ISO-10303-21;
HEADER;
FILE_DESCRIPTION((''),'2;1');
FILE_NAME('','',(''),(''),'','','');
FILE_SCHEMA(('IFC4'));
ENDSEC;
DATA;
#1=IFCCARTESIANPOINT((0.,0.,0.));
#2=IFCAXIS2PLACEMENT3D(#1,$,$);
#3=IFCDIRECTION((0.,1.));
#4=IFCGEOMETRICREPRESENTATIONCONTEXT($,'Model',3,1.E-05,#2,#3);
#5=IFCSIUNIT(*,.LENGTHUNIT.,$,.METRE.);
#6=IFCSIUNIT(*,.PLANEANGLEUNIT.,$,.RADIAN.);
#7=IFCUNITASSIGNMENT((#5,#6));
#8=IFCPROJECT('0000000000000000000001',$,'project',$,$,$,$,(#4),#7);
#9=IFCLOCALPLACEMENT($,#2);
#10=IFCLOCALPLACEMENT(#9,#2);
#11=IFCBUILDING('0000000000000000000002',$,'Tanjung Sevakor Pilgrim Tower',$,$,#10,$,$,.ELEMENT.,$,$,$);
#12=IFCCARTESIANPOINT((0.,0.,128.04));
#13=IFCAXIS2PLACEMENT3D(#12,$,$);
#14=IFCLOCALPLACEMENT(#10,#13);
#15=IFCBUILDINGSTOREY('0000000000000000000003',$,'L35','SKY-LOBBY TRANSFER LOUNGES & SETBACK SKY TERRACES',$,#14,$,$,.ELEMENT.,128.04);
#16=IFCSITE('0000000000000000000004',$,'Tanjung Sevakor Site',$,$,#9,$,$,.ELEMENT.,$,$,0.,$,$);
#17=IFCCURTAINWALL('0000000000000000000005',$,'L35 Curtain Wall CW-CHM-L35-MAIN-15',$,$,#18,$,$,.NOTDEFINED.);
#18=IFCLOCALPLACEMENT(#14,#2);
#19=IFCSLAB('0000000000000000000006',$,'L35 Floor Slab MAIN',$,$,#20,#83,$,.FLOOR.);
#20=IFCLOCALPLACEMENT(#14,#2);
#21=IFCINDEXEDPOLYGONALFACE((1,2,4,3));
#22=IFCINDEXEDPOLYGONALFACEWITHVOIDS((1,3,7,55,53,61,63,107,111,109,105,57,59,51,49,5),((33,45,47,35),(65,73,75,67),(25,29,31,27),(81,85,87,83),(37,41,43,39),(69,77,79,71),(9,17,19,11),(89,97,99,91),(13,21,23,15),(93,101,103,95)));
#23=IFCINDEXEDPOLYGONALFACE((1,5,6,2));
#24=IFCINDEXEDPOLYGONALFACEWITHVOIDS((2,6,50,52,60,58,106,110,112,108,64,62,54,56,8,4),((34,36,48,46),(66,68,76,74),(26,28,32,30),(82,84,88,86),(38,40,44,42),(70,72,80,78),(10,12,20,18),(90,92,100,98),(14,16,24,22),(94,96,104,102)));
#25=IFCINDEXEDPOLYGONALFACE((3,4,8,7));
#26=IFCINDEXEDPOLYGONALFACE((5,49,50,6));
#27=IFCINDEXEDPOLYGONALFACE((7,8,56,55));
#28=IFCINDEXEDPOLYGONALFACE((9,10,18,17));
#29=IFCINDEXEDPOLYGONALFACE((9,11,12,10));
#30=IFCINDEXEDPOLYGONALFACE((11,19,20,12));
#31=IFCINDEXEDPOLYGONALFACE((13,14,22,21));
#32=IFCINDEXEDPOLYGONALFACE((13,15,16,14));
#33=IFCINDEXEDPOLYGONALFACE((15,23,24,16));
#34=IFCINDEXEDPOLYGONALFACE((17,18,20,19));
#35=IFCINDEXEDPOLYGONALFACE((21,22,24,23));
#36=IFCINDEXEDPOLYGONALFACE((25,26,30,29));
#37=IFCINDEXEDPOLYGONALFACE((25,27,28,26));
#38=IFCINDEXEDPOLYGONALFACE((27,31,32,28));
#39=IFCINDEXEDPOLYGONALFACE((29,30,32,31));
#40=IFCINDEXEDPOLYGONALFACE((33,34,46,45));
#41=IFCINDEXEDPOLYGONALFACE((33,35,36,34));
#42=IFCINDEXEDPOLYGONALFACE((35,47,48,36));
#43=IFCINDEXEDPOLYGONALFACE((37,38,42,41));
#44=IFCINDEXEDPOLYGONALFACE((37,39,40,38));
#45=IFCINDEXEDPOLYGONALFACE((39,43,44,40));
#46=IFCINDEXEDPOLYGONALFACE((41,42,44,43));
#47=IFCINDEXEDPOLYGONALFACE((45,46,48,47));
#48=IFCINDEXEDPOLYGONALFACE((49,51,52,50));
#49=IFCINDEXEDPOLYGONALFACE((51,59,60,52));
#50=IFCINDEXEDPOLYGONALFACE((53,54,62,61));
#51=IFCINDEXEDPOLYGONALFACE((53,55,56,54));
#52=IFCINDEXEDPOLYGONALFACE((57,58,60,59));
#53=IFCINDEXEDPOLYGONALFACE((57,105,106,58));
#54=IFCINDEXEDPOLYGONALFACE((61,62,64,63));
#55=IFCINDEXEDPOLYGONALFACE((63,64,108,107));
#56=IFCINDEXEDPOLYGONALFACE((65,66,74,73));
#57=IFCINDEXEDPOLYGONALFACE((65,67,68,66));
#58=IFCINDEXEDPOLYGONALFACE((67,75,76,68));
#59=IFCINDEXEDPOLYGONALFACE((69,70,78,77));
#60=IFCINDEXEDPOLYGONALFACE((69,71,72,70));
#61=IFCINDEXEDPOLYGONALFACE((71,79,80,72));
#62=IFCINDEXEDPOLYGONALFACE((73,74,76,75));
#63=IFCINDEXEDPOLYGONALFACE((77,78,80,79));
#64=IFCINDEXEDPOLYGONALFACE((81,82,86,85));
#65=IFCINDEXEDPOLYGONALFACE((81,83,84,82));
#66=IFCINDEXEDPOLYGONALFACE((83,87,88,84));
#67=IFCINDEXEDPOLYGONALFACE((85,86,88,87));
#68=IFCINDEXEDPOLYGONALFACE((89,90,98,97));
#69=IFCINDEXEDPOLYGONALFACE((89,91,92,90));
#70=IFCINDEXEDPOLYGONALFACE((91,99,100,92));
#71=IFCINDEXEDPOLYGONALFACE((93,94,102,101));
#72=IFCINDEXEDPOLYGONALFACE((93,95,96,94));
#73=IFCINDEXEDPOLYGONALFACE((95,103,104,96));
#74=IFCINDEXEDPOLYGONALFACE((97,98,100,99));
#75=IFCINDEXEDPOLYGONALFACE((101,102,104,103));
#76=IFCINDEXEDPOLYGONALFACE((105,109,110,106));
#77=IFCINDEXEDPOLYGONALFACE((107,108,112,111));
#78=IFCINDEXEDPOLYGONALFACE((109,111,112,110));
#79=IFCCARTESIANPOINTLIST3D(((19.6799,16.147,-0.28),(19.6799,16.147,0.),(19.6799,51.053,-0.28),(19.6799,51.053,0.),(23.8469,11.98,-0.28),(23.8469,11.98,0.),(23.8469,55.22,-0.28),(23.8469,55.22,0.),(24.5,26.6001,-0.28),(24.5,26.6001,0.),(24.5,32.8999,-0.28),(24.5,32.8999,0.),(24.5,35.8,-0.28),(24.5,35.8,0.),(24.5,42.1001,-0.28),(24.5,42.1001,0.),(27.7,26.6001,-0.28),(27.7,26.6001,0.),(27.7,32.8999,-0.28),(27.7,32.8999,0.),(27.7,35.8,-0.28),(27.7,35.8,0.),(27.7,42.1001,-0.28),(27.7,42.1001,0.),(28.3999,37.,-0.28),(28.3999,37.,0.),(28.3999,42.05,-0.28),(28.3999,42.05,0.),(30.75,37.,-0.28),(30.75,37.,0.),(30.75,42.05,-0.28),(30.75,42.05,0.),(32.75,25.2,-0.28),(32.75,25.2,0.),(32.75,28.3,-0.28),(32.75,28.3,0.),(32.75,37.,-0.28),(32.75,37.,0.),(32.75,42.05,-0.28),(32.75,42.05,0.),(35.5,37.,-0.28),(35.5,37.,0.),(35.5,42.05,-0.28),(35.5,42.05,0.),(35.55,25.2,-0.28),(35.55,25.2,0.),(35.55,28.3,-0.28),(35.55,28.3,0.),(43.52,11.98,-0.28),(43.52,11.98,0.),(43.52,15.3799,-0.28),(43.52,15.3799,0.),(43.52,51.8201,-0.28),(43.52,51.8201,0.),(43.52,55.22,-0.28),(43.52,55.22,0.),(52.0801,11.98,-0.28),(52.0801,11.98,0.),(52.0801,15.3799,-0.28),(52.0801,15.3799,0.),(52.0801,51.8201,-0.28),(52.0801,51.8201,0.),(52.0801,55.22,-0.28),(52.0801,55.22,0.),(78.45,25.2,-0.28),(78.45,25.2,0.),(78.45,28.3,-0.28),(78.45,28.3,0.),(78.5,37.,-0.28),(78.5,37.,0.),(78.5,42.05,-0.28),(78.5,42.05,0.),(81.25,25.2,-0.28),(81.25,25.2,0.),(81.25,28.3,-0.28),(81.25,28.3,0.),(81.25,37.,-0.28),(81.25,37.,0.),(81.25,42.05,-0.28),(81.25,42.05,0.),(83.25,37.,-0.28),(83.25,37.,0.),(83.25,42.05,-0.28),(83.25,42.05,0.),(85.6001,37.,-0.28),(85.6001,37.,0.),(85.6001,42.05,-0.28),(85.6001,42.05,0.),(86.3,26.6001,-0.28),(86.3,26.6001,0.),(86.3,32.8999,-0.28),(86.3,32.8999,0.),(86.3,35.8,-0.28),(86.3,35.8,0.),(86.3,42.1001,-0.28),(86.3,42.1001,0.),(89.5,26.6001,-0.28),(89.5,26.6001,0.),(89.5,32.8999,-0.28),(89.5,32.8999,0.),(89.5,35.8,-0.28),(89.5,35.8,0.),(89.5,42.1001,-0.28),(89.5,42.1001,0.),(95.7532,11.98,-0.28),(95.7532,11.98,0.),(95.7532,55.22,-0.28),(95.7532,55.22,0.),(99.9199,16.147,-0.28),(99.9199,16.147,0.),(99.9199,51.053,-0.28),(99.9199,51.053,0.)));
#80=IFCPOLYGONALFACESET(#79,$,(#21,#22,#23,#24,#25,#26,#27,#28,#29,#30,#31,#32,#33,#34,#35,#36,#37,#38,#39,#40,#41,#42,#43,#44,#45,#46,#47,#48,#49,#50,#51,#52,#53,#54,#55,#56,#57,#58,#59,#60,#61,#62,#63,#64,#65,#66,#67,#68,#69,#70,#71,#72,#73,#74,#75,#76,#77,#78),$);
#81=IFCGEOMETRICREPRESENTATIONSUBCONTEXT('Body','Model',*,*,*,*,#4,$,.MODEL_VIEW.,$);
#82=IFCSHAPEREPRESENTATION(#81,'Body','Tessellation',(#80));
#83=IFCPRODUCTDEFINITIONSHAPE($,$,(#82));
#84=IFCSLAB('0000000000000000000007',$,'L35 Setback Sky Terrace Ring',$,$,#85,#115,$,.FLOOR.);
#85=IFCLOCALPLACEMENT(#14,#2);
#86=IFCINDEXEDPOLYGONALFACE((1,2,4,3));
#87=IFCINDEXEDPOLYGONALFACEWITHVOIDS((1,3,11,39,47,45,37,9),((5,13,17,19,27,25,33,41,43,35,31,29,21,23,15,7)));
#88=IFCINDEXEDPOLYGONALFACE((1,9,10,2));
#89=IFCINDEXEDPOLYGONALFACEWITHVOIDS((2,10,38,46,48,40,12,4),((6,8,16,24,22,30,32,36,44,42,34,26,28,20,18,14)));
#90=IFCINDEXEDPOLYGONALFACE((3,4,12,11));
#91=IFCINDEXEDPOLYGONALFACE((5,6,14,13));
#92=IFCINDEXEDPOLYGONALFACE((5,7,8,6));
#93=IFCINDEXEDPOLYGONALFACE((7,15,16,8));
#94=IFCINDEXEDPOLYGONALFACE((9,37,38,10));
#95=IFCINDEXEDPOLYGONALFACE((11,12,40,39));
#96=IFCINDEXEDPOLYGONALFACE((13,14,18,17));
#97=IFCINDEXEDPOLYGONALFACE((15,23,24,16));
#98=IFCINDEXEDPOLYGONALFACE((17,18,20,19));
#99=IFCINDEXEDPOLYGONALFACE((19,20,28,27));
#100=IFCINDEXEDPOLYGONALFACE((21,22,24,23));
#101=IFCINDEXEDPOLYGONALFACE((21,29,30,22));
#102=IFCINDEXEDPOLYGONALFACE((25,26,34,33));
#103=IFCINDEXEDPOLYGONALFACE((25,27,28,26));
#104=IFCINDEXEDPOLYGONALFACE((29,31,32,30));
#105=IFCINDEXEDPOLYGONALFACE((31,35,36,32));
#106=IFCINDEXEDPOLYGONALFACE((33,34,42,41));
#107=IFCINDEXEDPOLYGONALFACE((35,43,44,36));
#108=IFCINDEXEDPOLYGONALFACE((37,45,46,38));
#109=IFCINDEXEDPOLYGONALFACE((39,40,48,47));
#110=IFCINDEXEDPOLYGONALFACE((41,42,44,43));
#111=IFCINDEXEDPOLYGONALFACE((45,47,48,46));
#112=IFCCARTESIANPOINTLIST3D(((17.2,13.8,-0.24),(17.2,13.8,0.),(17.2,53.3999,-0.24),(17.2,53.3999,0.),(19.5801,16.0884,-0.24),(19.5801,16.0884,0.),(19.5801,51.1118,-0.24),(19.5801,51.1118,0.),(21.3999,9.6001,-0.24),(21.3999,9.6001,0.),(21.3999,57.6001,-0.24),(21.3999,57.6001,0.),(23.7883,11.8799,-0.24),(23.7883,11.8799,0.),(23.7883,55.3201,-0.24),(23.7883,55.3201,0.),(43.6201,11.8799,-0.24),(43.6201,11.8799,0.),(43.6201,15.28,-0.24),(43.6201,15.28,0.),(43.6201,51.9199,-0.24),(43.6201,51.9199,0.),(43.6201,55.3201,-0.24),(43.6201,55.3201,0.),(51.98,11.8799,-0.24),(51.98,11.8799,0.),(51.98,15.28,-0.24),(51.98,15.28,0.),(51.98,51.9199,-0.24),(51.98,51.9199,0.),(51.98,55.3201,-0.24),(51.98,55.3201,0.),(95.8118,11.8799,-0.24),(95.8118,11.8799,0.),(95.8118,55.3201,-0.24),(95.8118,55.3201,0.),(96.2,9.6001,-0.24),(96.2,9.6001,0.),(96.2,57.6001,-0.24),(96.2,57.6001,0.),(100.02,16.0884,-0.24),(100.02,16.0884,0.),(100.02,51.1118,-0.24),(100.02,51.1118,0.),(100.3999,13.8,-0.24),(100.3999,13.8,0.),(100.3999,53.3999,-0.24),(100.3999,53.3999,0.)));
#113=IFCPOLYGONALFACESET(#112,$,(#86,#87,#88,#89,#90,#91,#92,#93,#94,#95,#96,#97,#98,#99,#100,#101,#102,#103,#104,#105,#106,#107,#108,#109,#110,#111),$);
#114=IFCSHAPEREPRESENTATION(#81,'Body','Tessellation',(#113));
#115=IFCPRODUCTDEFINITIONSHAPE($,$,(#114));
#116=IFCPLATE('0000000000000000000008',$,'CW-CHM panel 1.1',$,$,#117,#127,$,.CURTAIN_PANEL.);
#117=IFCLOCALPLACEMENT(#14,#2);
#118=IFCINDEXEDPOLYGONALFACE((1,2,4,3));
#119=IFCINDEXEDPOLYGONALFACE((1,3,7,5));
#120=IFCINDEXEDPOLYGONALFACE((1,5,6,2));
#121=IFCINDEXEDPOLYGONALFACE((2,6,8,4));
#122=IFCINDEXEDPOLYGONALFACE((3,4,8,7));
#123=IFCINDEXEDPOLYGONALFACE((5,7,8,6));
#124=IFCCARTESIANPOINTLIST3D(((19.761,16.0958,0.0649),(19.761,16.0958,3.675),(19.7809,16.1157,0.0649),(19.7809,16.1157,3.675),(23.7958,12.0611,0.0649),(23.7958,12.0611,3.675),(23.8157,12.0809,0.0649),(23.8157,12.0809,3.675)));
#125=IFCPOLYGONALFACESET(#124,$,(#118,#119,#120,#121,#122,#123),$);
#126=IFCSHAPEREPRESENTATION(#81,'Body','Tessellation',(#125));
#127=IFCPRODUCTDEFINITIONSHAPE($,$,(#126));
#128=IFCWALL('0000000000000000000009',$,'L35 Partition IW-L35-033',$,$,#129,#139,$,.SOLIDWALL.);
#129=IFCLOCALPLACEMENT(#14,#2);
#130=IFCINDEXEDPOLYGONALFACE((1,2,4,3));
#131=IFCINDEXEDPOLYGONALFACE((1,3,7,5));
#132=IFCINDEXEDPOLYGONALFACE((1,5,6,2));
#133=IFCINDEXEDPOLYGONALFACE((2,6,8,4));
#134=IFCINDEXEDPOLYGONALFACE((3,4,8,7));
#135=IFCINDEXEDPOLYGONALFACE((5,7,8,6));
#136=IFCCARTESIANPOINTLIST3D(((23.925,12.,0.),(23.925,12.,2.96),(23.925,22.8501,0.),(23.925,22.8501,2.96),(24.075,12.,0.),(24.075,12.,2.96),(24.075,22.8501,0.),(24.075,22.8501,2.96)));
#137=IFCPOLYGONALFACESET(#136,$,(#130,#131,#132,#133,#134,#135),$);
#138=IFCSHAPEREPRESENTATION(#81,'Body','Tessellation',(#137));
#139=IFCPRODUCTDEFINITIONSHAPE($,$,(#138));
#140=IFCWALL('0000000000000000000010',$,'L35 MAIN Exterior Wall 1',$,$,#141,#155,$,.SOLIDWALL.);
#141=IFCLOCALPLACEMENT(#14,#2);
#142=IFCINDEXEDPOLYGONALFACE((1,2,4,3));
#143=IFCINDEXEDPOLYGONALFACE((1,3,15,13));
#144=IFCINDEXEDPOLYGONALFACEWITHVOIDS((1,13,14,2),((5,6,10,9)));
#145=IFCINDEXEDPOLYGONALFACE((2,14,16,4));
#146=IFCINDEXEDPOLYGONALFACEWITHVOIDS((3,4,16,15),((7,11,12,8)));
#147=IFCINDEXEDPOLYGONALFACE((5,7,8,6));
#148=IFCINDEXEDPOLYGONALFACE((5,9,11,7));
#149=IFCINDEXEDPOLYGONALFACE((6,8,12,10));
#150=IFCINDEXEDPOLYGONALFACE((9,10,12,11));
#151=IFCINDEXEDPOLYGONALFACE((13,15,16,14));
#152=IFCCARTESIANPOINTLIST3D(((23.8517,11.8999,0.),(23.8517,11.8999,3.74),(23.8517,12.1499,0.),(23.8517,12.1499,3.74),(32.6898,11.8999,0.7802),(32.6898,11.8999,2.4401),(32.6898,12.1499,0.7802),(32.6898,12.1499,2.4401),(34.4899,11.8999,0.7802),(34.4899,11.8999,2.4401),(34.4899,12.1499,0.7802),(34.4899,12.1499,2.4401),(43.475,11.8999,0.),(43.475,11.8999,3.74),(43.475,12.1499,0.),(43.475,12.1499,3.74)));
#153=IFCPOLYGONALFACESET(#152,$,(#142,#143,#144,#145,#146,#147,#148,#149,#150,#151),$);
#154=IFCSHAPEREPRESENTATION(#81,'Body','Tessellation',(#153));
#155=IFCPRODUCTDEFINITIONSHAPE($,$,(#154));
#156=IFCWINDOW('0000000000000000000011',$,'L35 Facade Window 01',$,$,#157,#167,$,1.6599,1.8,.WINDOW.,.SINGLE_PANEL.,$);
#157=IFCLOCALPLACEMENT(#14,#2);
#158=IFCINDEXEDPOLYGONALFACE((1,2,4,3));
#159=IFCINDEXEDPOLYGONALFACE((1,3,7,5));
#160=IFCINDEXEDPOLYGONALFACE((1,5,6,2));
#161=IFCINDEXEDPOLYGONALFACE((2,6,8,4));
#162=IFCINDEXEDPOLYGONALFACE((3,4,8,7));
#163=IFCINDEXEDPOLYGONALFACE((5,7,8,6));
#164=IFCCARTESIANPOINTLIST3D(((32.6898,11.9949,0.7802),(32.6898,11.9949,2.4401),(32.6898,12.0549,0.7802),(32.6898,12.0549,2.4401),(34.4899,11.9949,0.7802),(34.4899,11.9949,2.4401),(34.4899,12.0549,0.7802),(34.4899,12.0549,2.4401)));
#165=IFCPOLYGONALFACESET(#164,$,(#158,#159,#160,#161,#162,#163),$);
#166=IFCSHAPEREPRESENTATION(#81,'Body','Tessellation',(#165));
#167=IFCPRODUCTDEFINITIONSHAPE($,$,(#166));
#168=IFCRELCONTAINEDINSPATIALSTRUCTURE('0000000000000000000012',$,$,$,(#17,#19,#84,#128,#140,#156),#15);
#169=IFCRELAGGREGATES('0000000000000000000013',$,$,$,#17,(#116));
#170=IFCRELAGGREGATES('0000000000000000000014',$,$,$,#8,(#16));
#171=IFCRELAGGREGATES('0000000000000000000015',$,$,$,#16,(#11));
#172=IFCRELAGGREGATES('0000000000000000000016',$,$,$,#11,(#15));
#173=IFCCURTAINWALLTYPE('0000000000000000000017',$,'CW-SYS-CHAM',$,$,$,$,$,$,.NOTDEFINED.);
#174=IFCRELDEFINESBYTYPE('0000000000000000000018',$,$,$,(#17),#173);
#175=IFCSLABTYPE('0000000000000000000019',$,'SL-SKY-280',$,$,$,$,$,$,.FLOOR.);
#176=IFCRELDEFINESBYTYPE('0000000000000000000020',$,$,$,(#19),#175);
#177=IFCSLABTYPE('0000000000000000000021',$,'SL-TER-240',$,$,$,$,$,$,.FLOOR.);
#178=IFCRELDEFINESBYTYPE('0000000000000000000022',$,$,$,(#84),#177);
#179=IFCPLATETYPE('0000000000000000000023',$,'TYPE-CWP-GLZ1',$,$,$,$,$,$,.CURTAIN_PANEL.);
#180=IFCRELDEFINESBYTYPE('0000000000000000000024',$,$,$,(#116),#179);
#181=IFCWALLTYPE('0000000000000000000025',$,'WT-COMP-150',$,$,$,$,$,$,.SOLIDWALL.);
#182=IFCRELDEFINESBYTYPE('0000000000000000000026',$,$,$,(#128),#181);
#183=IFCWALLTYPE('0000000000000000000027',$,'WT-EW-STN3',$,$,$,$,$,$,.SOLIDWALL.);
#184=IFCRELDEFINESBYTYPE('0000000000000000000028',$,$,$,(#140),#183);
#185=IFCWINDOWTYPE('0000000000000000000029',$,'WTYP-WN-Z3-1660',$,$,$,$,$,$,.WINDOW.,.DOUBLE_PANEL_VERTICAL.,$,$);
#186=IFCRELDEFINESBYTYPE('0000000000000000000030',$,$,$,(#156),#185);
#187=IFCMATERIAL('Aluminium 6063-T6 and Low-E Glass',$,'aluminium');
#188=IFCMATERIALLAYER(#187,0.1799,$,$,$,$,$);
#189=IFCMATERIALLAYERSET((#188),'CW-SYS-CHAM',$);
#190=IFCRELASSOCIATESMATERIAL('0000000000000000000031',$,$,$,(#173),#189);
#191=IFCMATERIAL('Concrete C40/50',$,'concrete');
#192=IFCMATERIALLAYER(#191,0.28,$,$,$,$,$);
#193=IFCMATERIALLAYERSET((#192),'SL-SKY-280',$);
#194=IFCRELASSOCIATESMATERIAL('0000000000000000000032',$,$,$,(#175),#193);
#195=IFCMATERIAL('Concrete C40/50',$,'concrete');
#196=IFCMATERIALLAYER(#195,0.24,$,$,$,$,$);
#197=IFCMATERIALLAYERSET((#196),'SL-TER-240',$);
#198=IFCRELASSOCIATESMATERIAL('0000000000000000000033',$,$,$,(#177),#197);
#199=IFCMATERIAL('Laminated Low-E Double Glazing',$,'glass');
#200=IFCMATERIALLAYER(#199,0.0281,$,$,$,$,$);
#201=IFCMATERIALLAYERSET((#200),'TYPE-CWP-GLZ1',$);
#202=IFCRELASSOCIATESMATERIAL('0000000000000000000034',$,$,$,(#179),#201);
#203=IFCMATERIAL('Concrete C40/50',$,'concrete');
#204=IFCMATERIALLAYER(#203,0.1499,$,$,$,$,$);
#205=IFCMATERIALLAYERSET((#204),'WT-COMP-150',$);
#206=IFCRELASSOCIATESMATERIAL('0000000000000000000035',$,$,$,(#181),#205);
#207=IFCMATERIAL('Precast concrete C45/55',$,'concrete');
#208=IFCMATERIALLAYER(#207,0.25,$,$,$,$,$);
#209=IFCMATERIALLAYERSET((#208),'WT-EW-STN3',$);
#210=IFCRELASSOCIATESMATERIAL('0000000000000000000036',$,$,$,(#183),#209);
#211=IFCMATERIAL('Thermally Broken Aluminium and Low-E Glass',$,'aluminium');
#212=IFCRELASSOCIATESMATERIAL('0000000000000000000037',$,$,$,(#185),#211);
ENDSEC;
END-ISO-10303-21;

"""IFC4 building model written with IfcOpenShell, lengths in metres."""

from ifc_helpers import new_model, si_unit, direction, frame, frame_2d, origin, origin_2d, place, context, subcontext, project, spatial, polyline, rectangle, outline, extrude, material, layer, layer_set, type_object, element, fill, aggregate, save


model = new_model("IFC4")

# Units and contexts
model_context = context("Model", 3, precision=1e-05, world=origin(), true_north=direction((0.0, 1.0)))
body_context = subcontext(model_context, "Body", "Model", "MODEL_VIEW")
ifc_project = project(units=[si_unit("LENGTHUNIT", "METRE"), si_unit("PLANEANGLEUNIT", "RADIAN")], contexts=[model_context])

# Site, building, storey
site_placement = place(None, origin())
site = spatial("IfcSite", under=ifc_project, at=site_placement, Name="Tanjung Sevakor Site", CompositionType="ELEMENT", RefElevation=0.0)
building_placement = place(site_placement, origin())
building = spatial("IfcBuilding", under=site, at=building_placement, Name="Tanjung Sevakor Pilgrim Tower", CompositionType="ELEMENT")
storey_placement = place(building_placement, frame((0.0, 0.0, 128.04)))
storey = spatial("IfcBuildingStorey", under=building, at=storey_placement, Name="L35", Description="SKY-LOBBY TRANSFER LOUNGES & SETBACK SKY TERRACES", CompositionType="ELEMENT", Elevation=128.04)

# Curtain wall
ifc_material_1 = material(Name="Aluminium 6063-T6 and Low-E Glass", Category="aluminium")
ifc_layer_1 = layer(ifc_material_1, 0.1799)
ifc_layer_set_1 = layer_set([ifc_layer_1], Name="CW-SYS-CHAM")
curtain_wall_type = type_object("IfcCurtainWallType", Name="CW-SYS-CHAM", PredefinedType="NOTDEFINED", material=ifc_layer_set_1)
curtain_wall_placement = place(storey_placement, origin())
curtain_wall = element("IfcCurtainWall", 1, at=curtain_wall_placement, inside=storey, type_object=curtain_wall_type, Name="L35 Curtain Wall CW-CHM-L35-MAIN-15", PredefinedType="NOTDEFINED")

# Slabs
ifc_material_2 = material(Name="Concrete C40/50", Category="concrete")
ifc_layer_2 = layer(ifc_material_2, 0.28)
ifc_layer_set_2 = layer_set([ifc_layer_2], Name="SL-SKY-280")
slab_type_1 = type_object("IfcSlabType", Name="SL-SKY-280", PredefinedType="FLOOR", material=ifc_layer_set_2)
slab_1_placement = place(storey_placement, frame((0.0, 0.0, -0.28)))
element("IfcSlab", 2, at=slab_1_placement, inside=storey, type_object=slab_type_1, Name="L35 Floor Slab MAIN", PredefinedType="FLOOR", context=body_context, shape_type="SweptSolid", body=[
    extrude(outline(polyline([(23.8469, 11.98), (43.52, 11.98), (43.52, 15.3799), (52.0801, 15.3799), (52.0801, 11.98), (95.7532, 11.98), (99.9199, 16.147), (99.9199, 51.053), (95.7532, 55.22), (52.0801, 55.22), (52.0801, 51.8201), (43.52, 51.8201), (43.52, 55.22), (23.8469, 55.22), (19.6799, 51.053), (19.6799, 16.147), (23.8469, 11.98)]), holes=[polyline([(27.7, 26.6001), (27.7, 32.8999), (24.5, 32.8999), (24.5, 26.6001), (27.7, 26.6001)]), polyline([(27.7, 35.8), (27.7, 42.1001), (24.5, 42.1001), (24.5, 35.8), (27.7, 35.8)]), polyline([(89.5, 26.6001), (89.5, 32.8999), (86.3, 32.8999), (86.3, 26.6001), (89.5, 26.6001)]), polyline([(89.5, 35.8), (89.5, 42.1001), (86.3, 42.1001), (86.3, 35.8), (89.5, 35.8)]), polyline([(32.75, 25.2), (35.55, 25.2), (35.55, 28.3), (32.75, 28.3), (32.75, 25.2)]), polyline([(28.3999, 37.0), (30.75, 37.0), (30.75, 42.05), (28.3999, 42.05), (28.3999, 37.0)]), polyline([(32.75, 37.0), (35.5, 37.0), (35.5, 42.05), (32.75, 42.05), (32.75, 37.0)]), polyline([(78.45, 25.2), (81.25, 25.2), (81.25, 28.3), (78.45, 28.3), (78.45, 25.2)]), polyline([(83.25, 37.0), (85.6001, 37.0), (85.6001, 42.05), (83.25, 42.05), (83.25, 37.0)]), polyline([(78.5, 37.0), (81.25, 37.0), (81.25, 42.05), (78.5, 42.05), (78.5, 37.0)])]), origin(), (0.0, 0.0, 1.0), 0.28),
])
ifc_material_3 = material(Name="Concrete C40/50", Category="concrete")
ifc_layer_3 = layer(ifc_material_3, 0.24)
ifc_layer_set_3 = layer_set([ifc_layer_3], Name="SL-TER-240")
slab_type_2 = type_object("IfcSlabType", Name="SL-TER-240", PredefinedType="FLOOR", material=ifc_layer_set_3)
slab_2_placement = place(storey_placement, frame((0.0, 0.0, -0.24)))
element("IfcSlab", 3, at=slab_2_placement, inside=storey, type_object=slab_type_2, Name="L35 Setback Sky Terrace Ring", PredefinedType="FLOOR", context=body_context, shape_type="SweptSolid", body=[
    extrude(outline(polyline([(21.3999, 9.6001), (96.2, 9.6001), (100.3999, 13.8), (100.3999, 53.3999), (96.2, 57.6001), (21.3999, 57.6001), (17.2, 53.3999), (17.2, 13.8), (21.3999, 9.6001)]), holes=[polyline([(23.7883, 11.8799), (43.6201, 11.8799), (43.6201, 15.28), (51.98, 15.28), (51.98, 11.8799), (95.8118, 11.8799), (100.02, 16.0884), (100.02, 51.1118), (95.8118, 55.3201), (51.98, 55.3201), (51.98, 51.9199), (43.6201, 51.9199), (43.6201, 55.3201), (23.7883, 55.3201), (19.5801, 51.1118), (19.5801, 16.0884), (23.7883, 11.8799)])]), origin(), (0.0, 0.0, 1.0), 0.24),
])

# Plate
ifc_material_4 = material(Name="Laminated Low-E Double Glazing", Category="glass")
ifc_layer_4 = layer(ifc_material_4, 0.0281)
ifc_layer_set_4 = layer_set([ifc_layer_4], Name="TYPE-CWP-GLZ1")
plate_type = type_object("IfcPlateType", Name="TYPE-CWP-GLZ1", PredefinedType="CURTAIN_PANEL", material=ifc_layer_set_4)
plate_placement = place(storey_placement, frame((21.7883, 14.0884, 0.0649), z_axis=(0.0, 0.0, 1.0), x_axis=(0.707107, -0.707107, 0.0)))
plate = element("IfcPlate", 4, at=plate_placement, type_object=plate_type, Name="CW-CHM panel 1.1", PredefinedType="CURTAIN_PANEL", context=body_context, shape_type="SweptSolid", body=[
    extrude(rectangle(XDim=5.7061, YDim=0.0281, at=origin_2d()), origin(), (0.0, 0.0, 1.0), 3.6101),
])
aggregate(curtain_wall, [plate])

# Wall
ifc_material_5 = material(Name="Concrete C40/50", Category="concrete")
ifc_layer_5 = layer(ifc_material_5, 0.1499)
ifc_layer_set_5 = layer_set([ifc_layer_5], Name="WT-COMP-150")
wall_type_1 = type_object("IfcWallType", Name="WT-COMP-150", PredefinedType="SOLIDWALL", material=ifc_layer_set_5)
wall_1_placement = place(storey_placement, frame((24.0, 12.0, 0.0), z_axis=(0.0, 0.0, 1.0), x_axis=(0.0, 1.0, 0.0)))
element("IfcWall", 5, at=wall_1_placement, inside=storey, type_object=wall_type_1, Name="L35 Partition IW-L35-033", PredefinedType="SOLIDWALL", context=body_context, shape_type="SweptSolid", body=[
    extrude(rectangle(XDim=10.8501, YDim=0.1499, at=frame_2d((5.425, 0.0))), origin(), (0.0, 0.0, 1.0), 2.96),
])

# Wall, opening, window
ifc_material_6 = material(Name="Precast concrete C45/55", Category="concrete")
ifc_layer_6 = layer(ifc_material_6, 0.25)
ifc_layer_set_6 = layer_set([ifc_layer_6], Name="WT-EW-STN3")
wall_type_2 = type_object("IfcWallType", Name="WT-EW-STN3", PredefinedType="SOLIDWALL", material=ifc_layer_set_6)
wall_2_placement = place(storey_placement, frame((23.8518, 12.0249, 0.0), z_axis=(0.0, 0.0, 1.0), x_axis=(1.0, 0.0, 0.0)))
wall_2 = element("IfcWall", 6, at=wall_2_placement, inside=storey, type_object=wall_type_2, Name="L35 MAIN Exterior Wall 1", PredefinedType="SOLIDWALL", context=body_context, shape_type="SweptSolid", body=[
    extrude(rectangle(XDim=19.6233, YDim=0.25, at=frame_2d((9.8115, 0.0))), origin(), (0.0, 0.0, 1.0), 3.74),
])
opening_placement = place(wall_2_placement, frame((8.8381, 0.0, 0.78)))
opening = element("IfcOpeningElement", 7, at=opening_placement, cuts=wall_2, PredefinedType="OPENING", context=body_context, shape_type="SweptSolid", body=[
    extrude(rectangle(XDim=1.8, YDim=1.6599, at=frame_2d((0.8999, 0.8301))), frame((0.0, 0.135, 0.0), z_axis=(0.0, -1.0, 0.0), x_axis=(1.0, 0.0, 0.0)), (0.0, 0.0, 1.0), 0.27),
])
ifc_material_7 = material(Name="Thermally Broken Aluminium and Low-E Glass", Category="aluminium")
window_type = type_object("IfcWindowType", Name="WTYP-WN-Z3-1660", PartitioningType="DOUBLE_PANEL_VERTICAL", PredefinedType="WINDOW", material=ifc_material_7)
window_placement = place(opening_placement, origin())
window = element("IfcWindow", 8, at=window_placement, inside=storey, type_object=window_type, Name="L35 Facade Window 01", OverallHeight=1.6599, OverallWidth=1.8, PartitioningType="SINGLE_PANEL", PredefinedType="WINDOW", context=body_context, shape_type="SweptSolid", body=[
    extrude(rectangle(XDim=1.8, YDim=1.6599, at=frame_2d((0.8999, 0.8301))), frame((0.0, 0.03, 0.0), z_axis=(0.0, -1.0, 0.0), x_axis=(1.0, 0.0, 0.0)), (0.0, 0.0, 1.0), 0.0601),
])
fill(opening, window)

save(model, "model.ifc")
